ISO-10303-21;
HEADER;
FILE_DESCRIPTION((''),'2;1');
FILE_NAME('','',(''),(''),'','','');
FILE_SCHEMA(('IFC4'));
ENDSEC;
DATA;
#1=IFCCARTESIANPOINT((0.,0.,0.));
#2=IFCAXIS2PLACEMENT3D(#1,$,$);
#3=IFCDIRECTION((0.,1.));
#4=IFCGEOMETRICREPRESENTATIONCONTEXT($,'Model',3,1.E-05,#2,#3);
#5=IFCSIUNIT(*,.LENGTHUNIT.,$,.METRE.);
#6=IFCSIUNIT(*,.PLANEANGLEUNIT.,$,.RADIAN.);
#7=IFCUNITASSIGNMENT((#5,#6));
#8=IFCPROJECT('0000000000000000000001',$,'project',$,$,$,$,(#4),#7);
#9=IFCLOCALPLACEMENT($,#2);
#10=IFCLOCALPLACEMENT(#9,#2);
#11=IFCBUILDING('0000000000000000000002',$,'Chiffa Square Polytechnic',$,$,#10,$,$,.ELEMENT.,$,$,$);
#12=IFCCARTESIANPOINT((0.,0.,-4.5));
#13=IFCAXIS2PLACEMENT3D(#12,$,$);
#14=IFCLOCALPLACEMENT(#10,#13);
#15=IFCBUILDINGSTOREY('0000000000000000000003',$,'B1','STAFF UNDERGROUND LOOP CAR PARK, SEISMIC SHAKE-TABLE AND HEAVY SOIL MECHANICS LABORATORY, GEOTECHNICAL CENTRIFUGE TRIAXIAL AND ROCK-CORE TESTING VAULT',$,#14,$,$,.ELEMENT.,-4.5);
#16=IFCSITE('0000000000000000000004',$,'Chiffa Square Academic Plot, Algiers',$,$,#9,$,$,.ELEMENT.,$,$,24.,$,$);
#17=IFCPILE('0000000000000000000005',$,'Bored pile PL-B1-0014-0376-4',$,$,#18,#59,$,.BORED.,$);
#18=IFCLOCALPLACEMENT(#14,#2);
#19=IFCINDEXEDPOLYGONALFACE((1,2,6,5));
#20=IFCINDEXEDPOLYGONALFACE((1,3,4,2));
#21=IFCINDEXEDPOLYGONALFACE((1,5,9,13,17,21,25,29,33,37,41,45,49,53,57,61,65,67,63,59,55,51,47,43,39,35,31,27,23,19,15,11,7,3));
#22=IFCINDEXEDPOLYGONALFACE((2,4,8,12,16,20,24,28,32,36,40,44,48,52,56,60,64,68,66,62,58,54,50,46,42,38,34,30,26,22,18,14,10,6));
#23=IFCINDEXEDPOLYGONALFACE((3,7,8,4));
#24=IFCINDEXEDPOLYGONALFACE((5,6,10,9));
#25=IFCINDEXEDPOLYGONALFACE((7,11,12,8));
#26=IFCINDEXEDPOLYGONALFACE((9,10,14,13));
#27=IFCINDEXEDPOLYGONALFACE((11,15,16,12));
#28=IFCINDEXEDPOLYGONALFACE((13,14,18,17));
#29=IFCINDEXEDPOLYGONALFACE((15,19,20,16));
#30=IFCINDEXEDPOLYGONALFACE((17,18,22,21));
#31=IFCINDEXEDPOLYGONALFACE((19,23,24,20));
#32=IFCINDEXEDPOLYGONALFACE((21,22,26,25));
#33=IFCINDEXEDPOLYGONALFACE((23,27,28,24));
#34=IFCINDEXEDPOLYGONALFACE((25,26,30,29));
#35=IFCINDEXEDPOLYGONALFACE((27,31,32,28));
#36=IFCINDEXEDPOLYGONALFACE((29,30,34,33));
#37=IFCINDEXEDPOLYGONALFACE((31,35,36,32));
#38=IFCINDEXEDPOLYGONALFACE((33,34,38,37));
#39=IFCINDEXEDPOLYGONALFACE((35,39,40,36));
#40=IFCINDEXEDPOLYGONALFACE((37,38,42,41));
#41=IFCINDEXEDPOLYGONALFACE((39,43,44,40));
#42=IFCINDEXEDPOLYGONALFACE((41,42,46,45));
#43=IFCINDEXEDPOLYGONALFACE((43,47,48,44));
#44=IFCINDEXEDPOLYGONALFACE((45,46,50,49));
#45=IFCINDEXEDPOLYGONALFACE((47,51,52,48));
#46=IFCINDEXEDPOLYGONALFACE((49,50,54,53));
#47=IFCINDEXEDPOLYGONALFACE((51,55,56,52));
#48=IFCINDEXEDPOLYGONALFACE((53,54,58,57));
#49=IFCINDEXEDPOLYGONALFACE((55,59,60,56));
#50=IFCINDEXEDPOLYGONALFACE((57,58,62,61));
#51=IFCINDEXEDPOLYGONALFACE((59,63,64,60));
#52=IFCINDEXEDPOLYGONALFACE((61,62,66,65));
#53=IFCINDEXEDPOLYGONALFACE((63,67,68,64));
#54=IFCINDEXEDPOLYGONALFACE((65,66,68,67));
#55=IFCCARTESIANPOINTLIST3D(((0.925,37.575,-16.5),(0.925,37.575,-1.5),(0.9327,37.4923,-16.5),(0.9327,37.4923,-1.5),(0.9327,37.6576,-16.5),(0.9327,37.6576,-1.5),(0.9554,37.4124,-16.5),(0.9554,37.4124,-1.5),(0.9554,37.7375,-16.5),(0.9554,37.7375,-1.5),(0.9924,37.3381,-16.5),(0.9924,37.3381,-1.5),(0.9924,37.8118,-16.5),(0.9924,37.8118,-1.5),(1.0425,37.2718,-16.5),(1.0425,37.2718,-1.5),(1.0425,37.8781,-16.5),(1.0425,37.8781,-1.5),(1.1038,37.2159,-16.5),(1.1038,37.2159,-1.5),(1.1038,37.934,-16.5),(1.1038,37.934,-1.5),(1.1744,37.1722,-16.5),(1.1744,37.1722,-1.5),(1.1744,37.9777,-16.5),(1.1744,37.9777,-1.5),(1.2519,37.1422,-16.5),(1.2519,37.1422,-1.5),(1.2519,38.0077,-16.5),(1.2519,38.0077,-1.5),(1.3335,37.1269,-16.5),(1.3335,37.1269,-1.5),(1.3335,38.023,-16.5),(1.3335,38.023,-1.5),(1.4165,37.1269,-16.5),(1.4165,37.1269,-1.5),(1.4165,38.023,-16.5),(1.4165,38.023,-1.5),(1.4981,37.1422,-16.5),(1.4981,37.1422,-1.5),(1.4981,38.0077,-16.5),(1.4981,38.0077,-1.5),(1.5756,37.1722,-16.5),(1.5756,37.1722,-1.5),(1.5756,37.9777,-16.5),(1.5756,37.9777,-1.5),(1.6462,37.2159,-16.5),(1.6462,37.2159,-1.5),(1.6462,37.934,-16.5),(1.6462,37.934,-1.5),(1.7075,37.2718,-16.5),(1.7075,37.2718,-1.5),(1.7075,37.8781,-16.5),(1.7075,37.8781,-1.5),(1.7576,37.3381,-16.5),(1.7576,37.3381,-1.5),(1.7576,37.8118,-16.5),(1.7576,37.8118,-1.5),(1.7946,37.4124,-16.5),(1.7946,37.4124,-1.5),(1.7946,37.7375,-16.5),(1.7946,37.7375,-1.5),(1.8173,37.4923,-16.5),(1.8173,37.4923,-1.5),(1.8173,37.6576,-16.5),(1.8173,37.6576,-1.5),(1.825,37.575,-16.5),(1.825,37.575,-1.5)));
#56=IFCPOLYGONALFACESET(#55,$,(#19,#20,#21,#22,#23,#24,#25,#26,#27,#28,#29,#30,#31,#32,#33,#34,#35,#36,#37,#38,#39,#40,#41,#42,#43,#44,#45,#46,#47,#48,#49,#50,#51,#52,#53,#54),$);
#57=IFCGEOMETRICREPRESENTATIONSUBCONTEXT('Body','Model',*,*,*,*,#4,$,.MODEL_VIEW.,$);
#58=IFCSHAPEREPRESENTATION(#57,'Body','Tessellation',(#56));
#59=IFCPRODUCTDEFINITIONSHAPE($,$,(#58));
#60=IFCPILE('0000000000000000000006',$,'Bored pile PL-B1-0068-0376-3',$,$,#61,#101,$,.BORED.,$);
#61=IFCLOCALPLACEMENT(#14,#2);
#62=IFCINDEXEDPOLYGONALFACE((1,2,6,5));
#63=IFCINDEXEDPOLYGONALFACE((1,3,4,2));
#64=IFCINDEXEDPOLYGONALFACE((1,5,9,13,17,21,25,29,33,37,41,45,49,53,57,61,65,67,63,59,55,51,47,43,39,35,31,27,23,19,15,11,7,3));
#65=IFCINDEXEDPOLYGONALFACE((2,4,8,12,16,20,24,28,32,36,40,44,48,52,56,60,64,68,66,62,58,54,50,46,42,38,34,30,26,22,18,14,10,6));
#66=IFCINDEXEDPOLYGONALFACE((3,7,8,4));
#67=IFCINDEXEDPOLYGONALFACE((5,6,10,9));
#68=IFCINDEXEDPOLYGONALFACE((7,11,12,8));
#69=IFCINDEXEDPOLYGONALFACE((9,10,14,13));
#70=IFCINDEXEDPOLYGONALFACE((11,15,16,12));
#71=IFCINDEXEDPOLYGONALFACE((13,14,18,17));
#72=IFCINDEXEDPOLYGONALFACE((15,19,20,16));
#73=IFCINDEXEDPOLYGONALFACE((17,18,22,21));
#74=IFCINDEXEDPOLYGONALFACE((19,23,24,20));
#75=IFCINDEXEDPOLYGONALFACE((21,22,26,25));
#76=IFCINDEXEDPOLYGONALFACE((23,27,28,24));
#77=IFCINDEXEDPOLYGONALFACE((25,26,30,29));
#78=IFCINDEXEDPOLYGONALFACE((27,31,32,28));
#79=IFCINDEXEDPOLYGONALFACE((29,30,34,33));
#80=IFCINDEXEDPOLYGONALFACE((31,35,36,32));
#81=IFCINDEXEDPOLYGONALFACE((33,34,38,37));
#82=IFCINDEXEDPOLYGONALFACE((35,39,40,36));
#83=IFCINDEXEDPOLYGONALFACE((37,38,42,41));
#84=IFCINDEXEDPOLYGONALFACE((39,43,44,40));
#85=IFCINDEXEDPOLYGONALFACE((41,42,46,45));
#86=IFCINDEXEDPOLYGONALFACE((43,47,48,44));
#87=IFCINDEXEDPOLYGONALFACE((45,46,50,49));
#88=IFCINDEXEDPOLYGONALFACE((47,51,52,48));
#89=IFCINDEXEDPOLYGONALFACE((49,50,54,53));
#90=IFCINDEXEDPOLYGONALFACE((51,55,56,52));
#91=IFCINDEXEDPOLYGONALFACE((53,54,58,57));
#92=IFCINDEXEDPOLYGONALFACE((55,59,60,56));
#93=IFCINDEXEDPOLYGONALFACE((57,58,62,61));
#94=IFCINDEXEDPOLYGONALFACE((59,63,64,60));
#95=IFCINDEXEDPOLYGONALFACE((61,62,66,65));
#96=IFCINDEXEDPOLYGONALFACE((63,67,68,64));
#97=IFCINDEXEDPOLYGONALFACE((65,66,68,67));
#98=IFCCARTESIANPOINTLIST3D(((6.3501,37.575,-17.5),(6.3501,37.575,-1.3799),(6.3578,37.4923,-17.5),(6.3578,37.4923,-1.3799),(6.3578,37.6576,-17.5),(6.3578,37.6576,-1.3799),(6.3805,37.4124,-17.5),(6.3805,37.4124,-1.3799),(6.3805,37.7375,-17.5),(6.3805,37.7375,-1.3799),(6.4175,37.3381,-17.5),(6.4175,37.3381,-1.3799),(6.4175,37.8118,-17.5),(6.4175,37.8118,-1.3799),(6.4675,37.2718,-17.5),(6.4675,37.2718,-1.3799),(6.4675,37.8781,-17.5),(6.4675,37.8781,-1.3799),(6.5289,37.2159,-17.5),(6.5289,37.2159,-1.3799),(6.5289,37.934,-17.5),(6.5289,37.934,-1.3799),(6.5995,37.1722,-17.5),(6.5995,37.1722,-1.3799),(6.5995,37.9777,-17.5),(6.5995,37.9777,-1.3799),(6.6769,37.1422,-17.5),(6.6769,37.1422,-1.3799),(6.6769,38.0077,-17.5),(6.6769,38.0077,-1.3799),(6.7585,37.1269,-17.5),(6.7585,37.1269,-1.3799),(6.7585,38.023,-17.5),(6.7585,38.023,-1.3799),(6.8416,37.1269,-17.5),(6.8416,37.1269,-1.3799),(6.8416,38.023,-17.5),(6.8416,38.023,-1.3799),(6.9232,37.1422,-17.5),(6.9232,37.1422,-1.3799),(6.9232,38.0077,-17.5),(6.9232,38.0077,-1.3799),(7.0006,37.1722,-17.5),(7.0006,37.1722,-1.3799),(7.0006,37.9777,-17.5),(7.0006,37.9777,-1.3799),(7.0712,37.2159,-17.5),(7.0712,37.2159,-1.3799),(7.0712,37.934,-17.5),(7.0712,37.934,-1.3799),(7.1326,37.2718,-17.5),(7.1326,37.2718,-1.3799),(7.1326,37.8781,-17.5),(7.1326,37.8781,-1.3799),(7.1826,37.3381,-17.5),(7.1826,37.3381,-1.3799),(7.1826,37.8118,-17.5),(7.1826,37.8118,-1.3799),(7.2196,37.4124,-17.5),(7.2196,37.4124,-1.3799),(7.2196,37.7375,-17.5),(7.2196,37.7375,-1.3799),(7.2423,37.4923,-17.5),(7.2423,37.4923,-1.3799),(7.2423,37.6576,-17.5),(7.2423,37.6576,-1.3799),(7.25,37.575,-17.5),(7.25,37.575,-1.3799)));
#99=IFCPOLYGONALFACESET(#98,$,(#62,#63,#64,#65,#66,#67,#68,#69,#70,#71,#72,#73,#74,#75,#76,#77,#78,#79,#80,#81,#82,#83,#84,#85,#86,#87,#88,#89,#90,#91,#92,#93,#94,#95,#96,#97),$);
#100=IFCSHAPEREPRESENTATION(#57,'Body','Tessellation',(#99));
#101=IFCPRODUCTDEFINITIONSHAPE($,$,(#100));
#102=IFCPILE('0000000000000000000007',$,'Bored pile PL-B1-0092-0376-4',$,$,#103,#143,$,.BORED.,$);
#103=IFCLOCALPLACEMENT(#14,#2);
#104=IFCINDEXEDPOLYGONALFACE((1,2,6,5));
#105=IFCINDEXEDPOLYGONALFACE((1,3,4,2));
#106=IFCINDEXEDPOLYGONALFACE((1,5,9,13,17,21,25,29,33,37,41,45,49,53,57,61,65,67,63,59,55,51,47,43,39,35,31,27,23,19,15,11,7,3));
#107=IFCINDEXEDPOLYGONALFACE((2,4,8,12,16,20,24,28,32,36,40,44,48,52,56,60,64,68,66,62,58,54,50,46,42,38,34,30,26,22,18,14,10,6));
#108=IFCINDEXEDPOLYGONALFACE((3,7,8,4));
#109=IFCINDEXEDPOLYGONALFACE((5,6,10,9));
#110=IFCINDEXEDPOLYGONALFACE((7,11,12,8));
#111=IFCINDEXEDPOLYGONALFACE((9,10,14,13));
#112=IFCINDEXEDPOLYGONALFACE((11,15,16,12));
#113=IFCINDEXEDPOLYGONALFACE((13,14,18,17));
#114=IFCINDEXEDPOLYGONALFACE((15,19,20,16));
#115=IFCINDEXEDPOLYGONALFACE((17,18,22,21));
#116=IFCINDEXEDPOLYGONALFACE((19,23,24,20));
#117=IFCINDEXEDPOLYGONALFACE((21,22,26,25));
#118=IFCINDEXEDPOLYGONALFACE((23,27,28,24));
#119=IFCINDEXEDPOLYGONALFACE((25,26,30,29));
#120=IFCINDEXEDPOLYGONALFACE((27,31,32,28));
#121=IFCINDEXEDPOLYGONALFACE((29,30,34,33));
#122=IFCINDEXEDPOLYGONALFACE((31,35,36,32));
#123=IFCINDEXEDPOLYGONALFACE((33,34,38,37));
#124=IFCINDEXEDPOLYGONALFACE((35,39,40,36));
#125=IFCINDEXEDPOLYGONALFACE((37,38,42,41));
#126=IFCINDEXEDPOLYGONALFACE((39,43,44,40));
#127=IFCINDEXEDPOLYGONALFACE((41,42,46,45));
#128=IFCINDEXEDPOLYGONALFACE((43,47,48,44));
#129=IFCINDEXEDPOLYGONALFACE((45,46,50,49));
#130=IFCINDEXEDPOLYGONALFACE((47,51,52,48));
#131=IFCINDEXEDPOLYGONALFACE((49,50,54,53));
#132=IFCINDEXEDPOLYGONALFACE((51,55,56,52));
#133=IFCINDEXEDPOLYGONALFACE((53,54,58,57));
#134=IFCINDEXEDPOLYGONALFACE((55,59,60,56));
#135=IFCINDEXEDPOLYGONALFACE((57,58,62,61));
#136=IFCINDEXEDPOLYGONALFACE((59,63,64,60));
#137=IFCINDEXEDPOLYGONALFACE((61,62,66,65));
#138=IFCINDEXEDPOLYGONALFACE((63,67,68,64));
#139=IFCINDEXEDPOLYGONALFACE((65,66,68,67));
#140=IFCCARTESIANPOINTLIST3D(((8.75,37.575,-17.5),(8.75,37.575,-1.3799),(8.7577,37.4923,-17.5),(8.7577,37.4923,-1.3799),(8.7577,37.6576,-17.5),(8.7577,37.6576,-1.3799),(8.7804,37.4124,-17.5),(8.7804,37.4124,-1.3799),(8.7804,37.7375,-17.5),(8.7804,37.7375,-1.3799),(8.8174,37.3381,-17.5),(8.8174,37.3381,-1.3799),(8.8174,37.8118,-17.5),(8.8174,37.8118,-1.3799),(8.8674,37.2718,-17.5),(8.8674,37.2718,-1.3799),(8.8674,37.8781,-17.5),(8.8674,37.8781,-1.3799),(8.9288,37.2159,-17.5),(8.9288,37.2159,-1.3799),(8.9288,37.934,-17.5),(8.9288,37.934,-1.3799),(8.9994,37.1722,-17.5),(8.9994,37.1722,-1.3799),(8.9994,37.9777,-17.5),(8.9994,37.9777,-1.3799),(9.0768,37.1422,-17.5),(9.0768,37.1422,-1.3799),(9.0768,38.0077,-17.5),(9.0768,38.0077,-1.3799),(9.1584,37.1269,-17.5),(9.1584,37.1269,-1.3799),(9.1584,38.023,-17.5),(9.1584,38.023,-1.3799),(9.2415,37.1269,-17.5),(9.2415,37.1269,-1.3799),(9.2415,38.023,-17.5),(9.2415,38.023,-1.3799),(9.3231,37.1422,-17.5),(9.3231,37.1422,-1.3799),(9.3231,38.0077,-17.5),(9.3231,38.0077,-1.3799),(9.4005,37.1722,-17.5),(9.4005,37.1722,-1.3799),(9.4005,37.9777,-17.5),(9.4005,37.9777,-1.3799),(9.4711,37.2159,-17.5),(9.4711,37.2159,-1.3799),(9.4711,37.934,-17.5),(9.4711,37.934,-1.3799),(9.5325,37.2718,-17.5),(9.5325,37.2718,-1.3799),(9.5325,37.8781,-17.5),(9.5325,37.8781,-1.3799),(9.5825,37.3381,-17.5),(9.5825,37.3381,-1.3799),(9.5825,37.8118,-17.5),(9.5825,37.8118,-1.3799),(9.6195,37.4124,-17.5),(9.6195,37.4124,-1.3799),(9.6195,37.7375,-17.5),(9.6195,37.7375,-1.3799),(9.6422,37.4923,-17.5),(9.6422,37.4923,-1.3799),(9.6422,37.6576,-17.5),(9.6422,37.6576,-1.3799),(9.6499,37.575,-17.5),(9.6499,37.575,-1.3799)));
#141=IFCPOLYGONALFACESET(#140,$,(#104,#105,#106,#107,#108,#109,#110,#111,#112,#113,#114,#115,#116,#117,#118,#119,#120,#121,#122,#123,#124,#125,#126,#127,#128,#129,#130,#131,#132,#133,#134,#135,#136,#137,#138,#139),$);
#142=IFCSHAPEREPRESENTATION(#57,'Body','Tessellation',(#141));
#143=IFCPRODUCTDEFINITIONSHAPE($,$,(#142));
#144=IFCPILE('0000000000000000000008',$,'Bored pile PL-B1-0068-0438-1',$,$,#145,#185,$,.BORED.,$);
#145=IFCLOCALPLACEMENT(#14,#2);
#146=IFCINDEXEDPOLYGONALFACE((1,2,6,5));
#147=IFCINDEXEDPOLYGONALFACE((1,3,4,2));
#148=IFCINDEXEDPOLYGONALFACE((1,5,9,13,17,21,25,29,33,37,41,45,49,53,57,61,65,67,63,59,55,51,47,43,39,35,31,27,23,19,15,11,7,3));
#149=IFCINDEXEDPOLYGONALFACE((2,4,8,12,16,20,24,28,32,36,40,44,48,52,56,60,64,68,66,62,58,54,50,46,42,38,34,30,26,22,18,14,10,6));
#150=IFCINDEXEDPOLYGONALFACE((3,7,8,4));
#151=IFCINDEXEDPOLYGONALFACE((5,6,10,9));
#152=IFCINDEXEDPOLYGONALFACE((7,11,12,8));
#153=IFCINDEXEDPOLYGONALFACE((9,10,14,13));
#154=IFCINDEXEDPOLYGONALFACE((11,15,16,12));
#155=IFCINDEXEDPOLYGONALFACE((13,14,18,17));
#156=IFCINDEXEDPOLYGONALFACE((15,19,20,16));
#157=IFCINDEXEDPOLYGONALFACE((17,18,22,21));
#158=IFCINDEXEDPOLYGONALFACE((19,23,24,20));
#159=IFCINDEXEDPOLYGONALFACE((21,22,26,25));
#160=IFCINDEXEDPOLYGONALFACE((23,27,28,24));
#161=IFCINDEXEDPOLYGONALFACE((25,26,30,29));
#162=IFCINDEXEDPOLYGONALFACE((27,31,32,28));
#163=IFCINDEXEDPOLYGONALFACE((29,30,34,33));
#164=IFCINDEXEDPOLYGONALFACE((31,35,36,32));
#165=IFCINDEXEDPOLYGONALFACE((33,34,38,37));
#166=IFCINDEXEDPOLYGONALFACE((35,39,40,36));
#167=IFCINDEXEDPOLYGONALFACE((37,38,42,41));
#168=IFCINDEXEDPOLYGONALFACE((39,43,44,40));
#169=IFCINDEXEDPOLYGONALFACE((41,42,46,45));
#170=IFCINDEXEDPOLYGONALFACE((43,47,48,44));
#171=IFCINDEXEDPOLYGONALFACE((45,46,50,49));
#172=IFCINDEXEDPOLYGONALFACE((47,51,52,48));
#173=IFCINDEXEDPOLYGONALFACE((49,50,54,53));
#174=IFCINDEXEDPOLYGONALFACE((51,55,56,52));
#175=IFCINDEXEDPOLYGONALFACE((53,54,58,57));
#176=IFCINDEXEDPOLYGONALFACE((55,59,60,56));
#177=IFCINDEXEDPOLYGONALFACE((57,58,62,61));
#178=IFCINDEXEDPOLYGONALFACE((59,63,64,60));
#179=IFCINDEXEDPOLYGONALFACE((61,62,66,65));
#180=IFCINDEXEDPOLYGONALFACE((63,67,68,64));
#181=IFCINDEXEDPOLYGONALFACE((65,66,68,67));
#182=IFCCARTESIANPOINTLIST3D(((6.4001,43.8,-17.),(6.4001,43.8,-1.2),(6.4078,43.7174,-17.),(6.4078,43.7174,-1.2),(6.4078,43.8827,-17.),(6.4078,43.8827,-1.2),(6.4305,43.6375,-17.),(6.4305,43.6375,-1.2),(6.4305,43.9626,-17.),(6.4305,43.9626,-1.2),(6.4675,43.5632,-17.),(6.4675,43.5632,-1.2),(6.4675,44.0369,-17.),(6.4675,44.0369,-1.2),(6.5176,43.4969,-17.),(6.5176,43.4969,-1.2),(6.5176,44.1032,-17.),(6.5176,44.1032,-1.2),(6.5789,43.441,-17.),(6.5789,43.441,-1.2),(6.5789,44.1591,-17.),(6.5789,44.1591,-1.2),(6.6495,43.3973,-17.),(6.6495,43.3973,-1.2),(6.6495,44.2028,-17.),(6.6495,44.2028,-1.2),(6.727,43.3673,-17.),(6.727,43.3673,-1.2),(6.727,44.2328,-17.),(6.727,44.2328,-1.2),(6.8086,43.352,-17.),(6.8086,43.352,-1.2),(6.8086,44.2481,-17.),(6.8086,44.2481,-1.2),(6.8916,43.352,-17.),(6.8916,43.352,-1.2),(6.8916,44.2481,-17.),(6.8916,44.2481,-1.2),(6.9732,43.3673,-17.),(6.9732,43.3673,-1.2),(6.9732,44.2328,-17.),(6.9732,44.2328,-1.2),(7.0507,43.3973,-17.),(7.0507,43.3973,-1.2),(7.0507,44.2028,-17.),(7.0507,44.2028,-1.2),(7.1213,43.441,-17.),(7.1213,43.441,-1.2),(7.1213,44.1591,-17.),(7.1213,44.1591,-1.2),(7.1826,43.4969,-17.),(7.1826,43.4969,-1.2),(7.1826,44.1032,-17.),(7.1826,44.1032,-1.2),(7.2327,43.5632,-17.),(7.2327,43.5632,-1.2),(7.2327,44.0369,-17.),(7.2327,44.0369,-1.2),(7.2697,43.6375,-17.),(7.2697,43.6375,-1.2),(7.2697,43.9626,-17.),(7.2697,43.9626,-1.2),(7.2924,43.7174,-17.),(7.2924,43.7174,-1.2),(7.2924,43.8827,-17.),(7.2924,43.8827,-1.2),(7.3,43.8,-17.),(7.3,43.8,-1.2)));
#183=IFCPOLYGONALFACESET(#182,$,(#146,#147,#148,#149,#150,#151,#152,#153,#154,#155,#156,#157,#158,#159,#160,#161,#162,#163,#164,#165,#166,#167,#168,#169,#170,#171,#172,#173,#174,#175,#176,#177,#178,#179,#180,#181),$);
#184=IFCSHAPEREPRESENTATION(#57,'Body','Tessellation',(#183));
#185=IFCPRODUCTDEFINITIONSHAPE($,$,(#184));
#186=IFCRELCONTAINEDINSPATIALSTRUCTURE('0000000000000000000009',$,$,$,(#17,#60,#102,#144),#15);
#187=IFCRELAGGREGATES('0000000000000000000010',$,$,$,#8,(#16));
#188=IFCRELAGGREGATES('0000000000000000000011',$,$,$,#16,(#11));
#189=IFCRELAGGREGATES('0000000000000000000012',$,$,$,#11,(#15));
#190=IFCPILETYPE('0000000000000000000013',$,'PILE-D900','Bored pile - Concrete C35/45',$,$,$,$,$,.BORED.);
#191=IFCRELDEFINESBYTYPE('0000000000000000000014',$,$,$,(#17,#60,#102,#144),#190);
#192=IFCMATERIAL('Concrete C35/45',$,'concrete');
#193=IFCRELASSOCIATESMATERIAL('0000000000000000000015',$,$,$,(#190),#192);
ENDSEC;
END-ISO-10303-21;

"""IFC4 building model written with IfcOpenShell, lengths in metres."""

from ifc_helpers import new_model, si_unit, direction, frame, origin, origin_2d, place, context, subcontext, project, spatial, circle, extrude, material, material_profile, profile_set, type_object, element, save


model = new_model("IFC4")

# Units and contexts
model_context = context("Model", 3, precision=1e-05, world=origin(), true_north=direction((0.0, 1.0)))
body_context = subcontext(model_context, "Body", "Model", "MODEL_VIEW")
ifc_project = project(units=[si_unit("LENGTHUNIT", "METRE"), si_unit("PLANEANGLEUNIT", "RADIAN")], contexts=[model_context])

# Site, building, storey
site_placement = place(None, origin())
site = spatial("IfcSite", under=ifc_project, at=site_placement, Name="Chiffa Square Academic Plot, Algiers", CompositionType="ELEMENT", RefElevation=24.0)
building_placement = place(site_placement, origin())
building = spatial("IfcBuilding", under=site, at=building_placement, Name="Chiffa Square Polytechnic", CompositionType="ELEMENT")
storey_placement = place(building_placement, frame((0.0, 0.0, -4.5)))
storey = spatial("IfcBuildingStorey", under=building, at=storey_placement, Name="B1", Description="STAFF UNDERGROUND LOOP CAR PARK, SEISMIC SHAKE-TABLE AND HEAVY SOIL MECHANICS LABORATORY, GEOTECHNICAL CENTRIFUGE TRIAXIAL AND ROCK-CORE TESTING VAULT", CompositionType="ELEMENT", Elevation=-4.5)

# Shared definitions
ifc_material = material(Name="Concrete C35/45", Category="concrete")

# Piles
ifc_material_profile_1 = material_profile(ifc_material, circle(Radius=0.45, at=origin_2d()), Name="PILE D900")
ifc_profile_set_1 = profile_set([ifc_material_profile_1], Name="Concrete C35/45")
pile_type_1 = type_object("IfcPileType", Name="PILE-D900", Description="Bored pile - Concrete C35/45", PredefinedType="BORED", material=ifc_profile_set_1)
for number, where, z_axis, x_axis, name in (
    (1, (1.375, 37.575, -1.5), (0.0, 0.0, -1.0), (1.0, 0.0, 0.0), "Bored pile PL-B1-0014-0376-4"),
):
    element("IfcPile", number, at=place(storey_placement, frame(where, z_axis=z_axis, x_axis=x_axis)), inside=storey, type_object=pile_type_1, Name=name, PredefinedType="BORED", context=body_context, shape_type="SweptSolid", body=[
        extrude(circle(Radius=0.45, at=origin_2d()), origin(), (0.0, 0.0, 1.0), 15.0),
    ])
for number, where, z_axis, x_axis, name in (
    (2, (6.8, 37.575, -1.3799), (0.0, 0.0, -1.0), (1.0, 0.0, 0.0), "Bored pile PL-B1-0068-0376-3"),
    (3, (9.2, 37.575, -1.3799), (0.0, 0.0, -1.0), (1.0, 0.0, 0.0), "Bored pile PL-B1-0092-0376-4"),
):
    element("IfcPile", number, at=place(storey_placement, frame(where, z_axis=z_axis, x_axis=x_axis)), inside=storey, type_object=pile_type_1, Name=name, PredefinedType="BORED", context=body_context, shape_type="SweptSolid", body=[
        extrude(circle(Radius=0.45, at=origin_2d()), origin(), (0.0, 0.0, 1.0), 16.1201),
    ])
for number, where, z_axis, x_axis, name in (
    (4, (6.8501, 43.8, -1.2), (0.0, 0.0, -1.0), (1.0, 0.0, 0.0), "Bored pile PL-B1-0068-0438-1"),
):
    element("IfcPile", number, at=place(storey_placement, frame(where, z_axis=z_axis, x_axis=x_axis)), inside=storey, type_object=pile_type_1, Name=name, PredefinedType="BORED", context=body_context, shape_type="SweptSolid", body=[
        extrude(circle(Radius=0.45, at=origin_2d()), origin(), (0.0, 0.0, 1.0), 15.8),
    ])

save(model, "model.ifc")
